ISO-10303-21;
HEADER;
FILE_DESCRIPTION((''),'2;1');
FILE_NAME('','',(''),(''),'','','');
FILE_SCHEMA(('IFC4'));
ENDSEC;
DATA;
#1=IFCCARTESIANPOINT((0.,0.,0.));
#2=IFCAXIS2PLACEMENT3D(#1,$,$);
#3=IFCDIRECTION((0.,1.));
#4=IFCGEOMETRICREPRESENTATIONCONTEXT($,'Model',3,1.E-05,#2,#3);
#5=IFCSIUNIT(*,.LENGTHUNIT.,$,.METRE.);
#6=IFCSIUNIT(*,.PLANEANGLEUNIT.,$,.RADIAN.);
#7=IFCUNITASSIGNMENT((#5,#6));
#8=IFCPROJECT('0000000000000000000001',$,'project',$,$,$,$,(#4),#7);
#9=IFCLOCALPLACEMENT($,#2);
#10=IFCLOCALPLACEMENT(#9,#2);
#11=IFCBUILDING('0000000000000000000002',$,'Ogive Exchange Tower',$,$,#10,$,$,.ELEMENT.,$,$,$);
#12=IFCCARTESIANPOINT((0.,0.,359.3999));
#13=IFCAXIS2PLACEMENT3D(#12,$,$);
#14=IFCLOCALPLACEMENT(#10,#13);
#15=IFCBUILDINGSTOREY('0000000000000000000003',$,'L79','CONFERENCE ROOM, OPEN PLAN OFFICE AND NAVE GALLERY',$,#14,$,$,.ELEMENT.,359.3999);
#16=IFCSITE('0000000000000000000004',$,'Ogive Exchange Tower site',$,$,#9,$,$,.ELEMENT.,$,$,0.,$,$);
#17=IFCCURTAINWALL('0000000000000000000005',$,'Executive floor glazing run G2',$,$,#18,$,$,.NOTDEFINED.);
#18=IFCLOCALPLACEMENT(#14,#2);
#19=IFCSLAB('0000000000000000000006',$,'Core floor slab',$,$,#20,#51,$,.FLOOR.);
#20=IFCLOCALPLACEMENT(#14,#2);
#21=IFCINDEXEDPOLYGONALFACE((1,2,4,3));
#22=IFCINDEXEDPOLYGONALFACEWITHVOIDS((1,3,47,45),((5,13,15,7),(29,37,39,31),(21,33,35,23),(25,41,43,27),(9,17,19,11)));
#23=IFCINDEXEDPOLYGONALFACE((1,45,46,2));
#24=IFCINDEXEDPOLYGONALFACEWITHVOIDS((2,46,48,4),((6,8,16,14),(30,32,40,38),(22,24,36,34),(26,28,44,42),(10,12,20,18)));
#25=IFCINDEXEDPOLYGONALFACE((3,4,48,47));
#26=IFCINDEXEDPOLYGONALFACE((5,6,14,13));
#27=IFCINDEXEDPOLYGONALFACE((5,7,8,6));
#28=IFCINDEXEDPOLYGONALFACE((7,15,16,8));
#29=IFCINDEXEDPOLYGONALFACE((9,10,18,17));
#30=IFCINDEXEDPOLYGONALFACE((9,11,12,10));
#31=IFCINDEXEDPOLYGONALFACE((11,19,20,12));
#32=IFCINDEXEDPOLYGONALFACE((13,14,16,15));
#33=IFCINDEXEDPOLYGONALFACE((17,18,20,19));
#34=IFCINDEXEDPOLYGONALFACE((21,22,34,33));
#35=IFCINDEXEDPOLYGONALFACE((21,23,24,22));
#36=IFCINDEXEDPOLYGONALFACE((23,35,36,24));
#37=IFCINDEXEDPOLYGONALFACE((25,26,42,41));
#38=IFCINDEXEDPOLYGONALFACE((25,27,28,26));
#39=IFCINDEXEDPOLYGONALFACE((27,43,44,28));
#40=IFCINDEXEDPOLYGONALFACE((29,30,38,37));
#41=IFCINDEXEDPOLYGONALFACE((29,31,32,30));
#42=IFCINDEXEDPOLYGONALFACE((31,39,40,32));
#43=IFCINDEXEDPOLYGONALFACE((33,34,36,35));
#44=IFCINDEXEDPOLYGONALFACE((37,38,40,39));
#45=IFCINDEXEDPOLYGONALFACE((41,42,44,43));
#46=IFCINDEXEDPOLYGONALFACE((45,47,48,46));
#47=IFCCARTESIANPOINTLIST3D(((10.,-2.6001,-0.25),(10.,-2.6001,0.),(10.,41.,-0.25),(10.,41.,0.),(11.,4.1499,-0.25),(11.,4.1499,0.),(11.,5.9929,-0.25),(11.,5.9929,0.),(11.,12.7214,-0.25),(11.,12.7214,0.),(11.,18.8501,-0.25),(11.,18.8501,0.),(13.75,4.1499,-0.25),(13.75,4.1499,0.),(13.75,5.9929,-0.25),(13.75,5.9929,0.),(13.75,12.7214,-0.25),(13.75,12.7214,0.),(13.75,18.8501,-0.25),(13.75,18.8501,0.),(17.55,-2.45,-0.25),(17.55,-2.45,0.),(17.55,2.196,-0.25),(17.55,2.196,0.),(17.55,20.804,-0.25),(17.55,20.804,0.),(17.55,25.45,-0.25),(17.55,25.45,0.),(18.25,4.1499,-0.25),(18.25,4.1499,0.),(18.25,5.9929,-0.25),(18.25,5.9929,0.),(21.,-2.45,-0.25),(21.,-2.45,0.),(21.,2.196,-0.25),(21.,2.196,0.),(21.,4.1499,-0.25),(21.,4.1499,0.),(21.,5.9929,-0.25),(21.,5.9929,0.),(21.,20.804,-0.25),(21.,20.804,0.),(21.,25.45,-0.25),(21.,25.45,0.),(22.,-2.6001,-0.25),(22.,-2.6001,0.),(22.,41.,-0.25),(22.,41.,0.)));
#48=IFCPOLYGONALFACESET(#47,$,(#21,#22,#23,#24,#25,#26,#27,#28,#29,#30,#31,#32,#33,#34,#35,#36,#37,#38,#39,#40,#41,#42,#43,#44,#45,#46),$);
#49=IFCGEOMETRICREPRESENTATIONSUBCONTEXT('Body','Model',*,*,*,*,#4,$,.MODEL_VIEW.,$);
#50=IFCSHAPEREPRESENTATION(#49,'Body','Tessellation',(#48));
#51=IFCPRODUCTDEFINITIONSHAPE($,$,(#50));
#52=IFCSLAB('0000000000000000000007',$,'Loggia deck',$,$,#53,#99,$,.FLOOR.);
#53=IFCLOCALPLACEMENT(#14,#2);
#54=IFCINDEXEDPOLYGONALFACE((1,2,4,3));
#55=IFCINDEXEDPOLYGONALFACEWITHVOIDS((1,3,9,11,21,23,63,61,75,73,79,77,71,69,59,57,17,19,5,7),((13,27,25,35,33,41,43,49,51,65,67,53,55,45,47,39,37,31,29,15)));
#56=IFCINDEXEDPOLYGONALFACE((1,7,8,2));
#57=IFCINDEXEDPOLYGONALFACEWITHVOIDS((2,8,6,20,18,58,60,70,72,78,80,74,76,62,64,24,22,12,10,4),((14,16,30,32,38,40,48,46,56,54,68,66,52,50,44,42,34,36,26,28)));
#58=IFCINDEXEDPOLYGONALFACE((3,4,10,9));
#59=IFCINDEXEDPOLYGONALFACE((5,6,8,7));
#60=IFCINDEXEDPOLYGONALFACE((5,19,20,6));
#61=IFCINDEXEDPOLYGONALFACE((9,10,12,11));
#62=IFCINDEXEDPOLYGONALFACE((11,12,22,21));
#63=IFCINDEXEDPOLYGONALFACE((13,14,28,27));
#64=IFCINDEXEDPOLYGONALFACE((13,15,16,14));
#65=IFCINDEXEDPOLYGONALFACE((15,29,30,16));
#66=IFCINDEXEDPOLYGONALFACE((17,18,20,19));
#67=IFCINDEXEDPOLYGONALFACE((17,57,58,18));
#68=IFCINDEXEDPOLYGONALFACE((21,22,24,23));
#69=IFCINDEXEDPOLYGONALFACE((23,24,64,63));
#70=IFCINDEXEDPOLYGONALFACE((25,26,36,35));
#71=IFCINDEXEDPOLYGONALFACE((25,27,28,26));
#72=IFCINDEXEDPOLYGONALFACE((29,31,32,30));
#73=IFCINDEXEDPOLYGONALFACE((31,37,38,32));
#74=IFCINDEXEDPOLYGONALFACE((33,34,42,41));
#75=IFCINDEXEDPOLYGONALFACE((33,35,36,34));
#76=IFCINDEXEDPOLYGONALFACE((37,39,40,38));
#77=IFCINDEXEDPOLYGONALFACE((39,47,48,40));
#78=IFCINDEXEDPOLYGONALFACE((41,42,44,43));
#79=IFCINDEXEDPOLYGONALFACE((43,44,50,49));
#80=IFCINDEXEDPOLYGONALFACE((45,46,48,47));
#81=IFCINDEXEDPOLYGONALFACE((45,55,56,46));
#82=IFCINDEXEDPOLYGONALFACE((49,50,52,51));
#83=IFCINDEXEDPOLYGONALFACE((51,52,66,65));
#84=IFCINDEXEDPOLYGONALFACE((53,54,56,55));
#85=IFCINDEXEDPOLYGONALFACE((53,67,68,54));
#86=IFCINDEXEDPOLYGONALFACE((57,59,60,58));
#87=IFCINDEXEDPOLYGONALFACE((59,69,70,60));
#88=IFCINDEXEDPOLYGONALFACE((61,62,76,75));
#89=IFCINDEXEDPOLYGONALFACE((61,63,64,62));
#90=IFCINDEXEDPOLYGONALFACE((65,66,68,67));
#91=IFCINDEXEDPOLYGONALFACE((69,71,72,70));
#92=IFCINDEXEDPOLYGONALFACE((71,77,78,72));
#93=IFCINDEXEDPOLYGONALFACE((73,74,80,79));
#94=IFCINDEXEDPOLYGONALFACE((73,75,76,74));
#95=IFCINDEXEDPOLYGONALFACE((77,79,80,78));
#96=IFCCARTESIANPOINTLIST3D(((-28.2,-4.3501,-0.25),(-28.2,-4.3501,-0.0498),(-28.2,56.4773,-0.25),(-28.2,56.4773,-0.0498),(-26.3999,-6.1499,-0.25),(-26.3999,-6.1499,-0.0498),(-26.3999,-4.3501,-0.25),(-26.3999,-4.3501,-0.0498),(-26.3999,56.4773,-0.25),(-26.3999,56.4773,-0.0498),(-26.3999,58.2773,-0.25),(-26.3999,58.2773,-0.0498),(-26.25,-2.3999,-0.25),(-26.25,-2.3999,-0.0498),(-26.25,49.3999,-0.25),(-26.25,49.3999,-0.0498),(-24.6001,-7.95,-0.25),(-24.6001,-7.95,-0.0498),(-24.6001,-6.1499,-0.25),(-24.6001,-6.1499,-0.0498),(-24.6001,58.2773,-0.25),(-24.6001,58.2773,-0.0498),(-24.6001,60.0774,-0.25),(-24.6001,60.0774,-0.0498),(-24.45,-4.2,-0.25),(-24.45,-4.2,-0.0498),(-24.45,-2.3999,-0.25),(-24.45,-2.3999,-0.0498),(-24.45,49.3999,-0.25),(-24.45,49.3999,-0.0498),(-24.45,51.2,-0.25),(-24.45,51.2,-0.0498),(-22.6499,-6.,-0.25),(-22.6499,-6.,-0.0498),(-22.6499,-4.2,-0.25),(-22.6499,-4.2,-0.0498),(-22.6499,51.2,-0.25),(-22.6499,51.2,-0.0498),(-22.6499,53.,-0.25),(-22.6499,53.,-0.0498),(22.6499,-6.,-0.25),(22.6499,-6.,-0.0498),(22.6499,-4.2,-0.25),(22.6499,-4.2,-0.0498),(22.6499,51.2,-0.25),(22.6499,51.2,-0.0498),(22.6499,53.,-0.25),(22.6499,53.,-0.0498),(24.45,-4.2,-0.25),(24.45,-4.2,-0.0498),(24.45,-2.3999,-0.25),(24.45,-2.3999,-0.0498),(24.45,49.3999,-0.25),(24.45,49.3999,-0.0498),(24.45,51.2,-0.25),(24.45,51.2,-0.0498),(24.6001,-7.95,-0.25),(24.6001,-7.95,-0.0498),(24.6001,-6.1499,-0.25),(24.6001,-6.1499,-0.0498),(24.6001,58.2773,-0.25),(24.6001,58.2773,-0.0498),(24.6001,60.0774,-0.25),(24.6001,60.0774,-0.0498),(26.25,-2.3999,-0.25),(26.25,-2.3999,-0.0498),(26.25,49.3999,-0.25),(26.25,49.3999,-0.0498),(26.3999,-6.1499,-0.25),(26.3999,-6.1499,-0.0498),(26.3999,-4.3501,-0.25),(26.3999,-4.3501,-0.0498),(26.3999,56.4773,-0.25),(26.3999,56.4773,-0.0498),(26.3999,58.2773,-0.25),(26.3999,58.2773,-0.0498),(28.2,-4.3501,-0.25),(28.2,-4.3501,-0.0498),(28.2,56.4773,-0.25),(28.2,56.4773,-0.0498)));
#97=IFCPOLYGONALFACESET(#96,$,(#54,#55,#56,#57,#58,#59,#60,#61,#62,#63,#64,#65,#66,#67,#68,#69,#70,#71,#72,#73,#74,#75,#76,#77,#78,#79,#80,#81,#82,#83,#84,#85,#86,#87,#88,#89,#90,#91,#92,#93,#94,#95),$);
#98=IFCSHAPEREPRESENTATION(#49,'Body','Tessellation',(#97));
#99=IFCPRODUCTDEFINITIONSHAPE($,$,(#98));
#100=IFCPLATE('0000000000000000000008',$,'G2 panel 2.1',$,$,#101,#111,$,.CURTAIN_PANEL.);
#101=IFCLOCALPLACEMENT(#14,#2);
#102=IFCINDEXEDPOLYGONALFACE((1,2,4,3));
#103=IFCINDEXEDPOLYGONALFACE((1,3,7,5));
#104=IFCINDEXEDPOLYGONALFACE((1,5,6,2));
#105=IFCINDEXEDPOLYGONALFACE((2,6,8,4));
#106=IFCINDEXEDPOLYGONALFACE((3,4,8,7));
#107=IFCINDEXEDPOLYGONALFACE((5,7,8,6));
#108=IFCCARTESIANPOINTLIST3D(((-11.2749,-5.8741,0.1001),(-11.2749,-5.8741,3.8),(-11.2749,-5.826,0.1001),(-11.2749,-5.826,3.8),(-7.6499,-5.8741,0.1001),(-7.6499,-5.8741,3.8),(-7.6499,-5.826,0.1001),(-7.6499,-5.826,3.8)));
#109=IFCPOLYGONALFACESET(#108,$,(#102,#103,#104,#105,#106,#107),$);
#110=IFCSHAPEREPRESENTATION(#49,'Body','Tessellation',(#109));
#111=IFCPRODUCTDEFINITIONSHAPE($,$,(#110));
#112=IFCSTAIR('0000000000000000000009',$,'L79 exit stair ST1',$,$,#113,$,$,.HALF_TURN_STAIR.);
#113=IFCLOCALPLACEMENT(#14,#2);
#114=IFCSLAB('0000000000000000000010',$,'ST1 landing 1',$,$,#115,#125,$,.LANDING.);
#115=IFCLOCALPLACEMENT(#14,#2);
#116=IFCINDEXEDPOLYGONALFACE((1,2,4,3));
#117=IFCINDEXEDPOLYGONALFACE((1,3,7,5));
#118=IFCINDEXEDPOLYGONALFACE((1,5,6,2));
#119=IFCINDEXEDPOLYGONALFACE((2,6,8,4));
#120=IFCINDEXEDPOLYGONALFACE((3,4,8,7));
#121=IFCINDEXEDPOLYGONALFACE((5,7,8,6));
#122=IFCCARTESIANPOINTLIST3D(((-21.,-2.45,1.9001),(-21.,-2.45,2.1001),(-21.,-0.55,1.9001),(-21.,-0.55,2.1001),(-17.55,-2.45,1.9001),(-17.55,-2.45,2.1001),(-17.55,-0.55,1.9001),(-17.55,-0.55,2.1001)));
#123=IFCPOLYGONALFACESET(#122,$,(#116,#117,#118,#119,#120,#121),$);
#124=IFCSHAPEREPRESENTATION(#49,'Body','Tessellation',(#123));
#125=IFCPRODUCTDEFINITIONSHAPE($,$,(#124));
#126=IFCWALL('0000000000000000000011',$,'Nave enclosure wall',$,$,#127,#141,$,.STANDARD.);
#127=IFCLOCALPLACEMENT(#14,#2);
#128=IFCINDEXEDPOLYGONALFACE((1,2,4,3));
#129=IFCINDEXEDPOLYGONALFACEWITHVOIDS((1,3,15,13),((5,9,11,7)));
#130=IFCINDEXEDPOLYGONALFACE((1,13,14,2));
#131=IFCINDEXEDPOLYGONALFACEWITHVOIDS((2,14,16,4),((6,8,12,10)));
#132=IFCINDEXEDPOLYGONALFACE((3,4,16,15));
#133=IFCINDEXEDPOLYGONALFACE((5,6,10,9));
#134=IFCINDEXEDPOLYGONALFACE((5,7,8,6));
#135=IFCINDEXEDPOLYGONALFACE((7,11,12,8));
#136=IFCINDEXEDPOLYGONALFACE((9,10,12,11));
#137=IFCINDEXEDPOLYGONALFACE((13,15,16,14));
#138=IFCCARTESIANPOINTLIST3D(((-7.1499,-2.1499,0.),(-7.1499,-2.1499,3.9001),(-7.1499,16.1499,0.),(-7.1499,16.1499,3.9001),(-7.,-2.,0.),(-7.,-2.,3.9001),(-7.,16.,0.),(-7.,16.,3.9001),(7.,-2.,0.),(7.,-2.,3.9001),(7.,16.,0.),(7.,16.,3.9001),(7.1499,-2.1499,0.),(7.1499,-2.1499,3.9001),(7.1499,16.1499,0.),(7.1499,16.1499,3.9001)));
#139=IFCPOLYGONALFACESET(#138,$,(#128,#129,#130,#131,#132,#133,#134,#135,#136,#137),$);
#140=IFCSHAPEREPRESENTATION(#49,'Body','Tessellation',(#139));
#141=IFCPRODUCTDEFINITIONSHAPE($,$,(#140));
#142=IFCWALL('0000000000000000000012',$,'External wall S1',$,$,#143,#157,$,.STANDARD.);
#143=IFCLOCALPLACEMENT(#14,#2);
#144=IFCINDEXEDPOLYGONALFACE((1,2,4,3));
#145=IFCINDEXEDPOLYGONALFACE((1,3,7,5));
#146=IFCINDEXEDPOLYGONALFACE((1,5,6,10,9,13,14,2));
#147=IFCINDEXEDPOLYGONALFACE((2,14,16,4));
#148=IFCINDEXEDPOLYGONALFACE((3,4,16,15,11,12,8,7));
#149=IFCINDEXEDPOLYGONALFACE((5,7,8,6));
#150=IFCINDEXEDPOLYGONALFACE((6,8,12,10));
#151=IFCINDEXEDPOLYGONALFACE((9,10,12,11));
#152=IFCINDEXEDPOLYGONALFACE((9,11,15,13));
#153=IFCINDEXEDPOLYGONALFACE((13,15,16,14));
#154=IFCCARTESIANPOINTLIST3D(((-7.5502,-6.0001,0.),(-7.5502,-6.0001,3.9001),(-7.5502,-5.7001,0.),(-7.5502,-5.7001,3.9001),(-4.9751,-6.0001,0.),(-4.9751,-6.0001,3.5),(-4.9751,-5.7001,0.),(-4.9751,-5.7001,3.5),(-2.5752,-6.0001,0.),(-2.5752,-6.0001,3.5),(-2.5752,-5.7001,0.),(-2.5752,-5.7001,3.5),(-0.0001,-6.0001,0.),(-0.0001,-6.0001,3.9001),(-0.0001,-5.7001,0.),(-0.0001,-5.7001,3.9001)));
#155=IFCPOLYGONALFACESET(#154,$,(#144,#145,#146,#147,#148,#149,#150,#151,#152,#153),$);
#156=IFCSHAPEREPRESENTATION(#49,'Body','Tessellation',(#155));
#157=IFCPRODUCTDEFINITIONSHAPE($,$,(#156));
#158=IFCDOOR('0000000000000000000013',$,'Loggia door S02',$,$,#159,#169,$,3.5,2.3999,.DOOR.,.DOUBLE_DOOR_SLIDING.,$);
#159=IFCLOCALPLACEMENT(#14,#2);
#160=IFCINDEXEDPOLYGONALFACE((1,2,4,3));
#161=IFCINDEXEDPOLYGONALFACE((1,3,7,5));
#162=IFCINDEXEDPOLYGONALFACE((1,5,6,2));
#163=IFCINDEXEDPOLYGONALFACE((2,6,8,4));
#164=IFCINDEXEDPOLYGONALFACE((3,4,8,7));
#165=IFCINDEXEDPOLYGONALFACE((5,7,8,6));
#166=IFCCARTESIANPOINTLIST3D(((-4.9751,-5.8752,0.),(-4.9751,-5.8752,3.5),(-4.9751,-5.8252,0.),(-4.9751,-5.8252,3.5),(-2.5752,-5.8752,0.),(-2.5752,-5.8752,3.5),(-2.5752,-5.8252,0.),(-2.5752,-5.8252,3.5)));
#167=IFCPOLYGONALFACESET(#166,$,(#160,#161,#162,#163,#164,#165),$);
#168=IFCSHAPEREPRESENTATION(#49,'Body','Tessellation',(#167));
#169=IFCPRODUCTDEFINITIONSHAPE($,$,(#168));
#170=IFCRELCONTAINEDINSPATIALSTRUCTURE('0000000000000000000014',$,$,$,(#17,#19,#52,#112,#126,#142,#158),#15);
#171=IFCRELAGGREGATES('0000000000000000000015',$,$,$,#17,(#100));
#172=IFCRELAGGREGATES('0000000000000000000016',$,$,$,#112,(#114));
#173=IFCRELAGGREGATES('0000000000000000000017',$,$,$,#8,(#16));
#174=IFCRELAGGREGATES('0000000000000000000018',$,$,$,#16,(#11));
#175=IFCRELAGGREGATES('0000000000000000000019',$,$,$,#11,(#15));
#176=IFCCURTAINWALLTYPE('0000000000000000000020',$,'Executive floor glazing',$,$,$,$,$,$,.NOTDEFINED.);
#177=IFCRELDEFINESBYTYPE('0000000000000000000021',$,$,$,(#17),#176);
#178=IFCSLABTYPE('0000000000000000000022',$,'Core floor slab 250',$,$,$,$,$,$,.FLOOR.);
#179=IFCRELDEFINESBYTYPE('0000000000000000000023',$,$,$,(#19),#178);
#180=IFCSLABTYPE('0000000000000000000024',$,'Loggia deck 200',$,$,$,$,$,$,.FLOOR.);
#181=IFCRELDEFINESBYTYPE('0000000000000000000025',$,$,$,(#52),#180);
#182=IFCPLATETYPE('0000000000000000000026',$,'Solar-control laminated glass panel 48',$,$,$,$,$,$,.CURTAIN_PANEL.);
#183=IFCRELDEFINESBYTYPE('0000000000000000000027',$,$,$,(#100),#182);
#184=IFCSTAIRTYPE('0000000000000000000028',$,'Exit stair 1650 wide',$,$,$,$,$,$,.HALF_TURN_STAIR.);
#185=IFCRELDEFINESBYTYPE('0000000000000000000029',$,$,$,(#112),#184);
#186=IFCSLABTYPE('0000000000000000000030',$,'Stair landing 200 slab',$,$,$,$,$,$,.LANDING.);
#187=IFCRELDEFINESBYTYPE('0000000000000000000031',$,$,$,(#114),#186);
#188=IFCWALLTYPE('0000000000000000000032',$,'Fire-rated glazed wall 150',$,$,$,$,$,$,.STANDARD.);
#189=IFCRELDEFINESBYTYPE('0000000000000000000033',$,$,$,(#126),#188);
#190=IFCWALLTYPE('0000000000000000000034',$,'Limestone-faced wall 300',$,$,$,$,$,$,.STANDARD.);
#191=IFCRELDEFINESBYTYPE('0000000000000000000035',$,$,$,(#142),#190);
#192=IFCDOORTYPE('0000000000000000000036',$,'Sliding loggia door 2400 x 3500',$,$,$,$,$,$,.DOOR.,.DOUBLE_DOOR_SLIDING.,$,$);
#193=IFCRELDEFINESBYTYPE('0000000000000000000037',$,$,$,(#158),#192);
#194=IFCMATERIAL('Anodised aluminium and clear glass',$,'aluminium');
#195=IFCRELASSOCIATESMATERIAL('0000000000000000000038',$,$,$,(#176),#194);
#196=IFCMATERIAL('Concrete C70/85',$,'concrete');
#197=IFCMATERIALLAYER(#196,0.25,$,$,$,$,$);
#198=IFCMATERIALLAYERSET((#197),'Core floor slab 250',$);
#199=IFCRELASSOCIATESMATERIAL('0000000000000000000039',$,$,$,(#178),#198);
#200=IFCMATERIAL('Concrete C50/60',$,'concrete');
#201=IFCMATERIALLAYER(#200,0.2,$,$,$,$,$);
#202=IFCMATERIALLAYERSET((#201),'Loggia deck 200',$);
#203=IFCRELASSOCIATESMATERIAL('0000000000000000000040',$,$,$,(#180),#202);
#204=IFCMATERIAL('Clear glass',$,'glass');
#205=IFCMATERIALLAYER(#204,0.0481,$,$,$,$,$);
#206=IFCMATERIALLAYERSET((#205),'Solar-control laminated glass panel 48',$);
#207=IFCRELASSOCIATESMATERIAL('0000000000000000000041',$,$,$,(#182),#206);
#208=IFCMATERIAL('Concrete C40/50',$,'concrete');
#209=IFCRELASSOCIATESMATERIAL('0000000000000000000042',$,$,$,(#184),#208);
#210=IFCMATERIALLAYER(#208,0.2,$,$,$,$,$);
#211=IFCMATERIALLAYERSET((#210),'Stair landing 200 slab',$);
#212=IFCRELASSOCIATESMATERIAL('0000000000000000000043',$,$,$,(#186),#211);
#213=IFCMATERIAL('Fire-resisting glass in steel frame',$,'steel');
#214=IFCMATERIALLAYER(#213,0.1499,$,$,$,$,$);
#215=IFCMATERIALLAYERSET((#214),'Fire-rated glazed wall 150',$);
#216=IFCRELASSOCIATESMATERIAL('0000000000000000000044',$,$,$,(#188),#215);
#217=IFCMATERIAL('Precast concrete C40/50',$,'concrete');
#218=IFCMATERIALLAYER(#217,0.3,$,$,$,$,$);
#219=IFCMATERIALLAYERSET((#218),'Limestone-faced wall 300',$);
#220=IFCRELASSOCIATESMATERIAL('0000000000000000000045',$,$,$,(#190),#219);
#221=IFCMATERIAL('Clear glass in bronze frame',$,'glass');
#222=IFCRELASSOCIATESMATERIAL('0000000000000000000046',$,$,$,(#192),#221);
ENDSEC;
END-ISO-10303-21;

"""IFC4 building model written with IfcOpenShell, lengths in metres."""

from ifc_helpers import new_model, si_unit, direction, frame, frame_2d, origin, origin_2d, place, context, subcontext, project, spatial, polyline, rectangle, outline, extrude, material, layer, layer_set, type_object, element, fill, aggregate, save


model = new_model("IFC4")

# Units and contexts
model_context = context("Model", 3, precision=1e-05, world=origin(), true_north=direction((0.0, 1.0)))
body_context = subcontext(model_context, "Body", "Model", "MODEL_VIEW")
ifc_project = project(units=[si_unit("LENGTHUNIT", "METRE"), si_unit("PLANEANGLEUNIT", "RADIAN")], contexts=[model_context])

# Site, building, storey
site_placement = place(None, origin())
site = spatial("IfcSite", under=ifc_project, at=site_placement, Name="Ogive Exchange Tower site", CompositionType="ELEMENT", RefElevation=0.0)
building_placement = place(site_placement, origin())
building = spatial("IfcBuilding", under=site, at=building_placement, Name="Ogive Exchange Tower", CompositionType="ELEMENT")
storey_placement = place(building_placement, frame((0.0, 0.0, 359.3999)))
storey = spatial("IfcBuildingStorey", under=building, at=storey_placement, Name="L79", Description="CONFERENCE ROOM, OPEN PLAN OFFICE AND NAVE GALLERY", CompositionType="ELEMENT", Elevation=359.3999)

# Curtain wall
ifc_material_1 = material(Name="Anodised aluminium and clear glass", Category="aluminium")
curtain_wall_type = type_object("IfcCurtainWallType", Name="Executive floor glazing", PredefinedType="NOTDEFINED", material=ifc_material_1)
curtain_wall_placement = place(storey_placement, origin())
curtain_wall = element("IfcCurtainWall", 1, at=curtain_wall_placement, inside=storey, type_object=curtain_wall_type, Name="Executive floor glazing run G2", PredefinedType="NOTDEFINED")

# Slabs
ifc_material_2 = material(Name="Concrete C50/60", Category="concrete")
ifc_material_3 = material(Name="Concrete C70/85", Category="concrete")
ifc_layer_1 = layer(ifc_material_3, 0.25)
ifc_layer_set_1 = layer_set([ifc_layer_1], Name="Core floor slab 250")
slab_type_1 = type_object("IfcSlabType", Name="Core floor slab 250", PredefinedType="FLOOR", material=ifc_layer_set_1)
slab_1_placement = place(storey_placement, frame((0.0, 0.0, -0.25)))
element("IfcSlab", 2, at=slab_1_placement, inside=storey, type_object=slab_type_1, Name="Core floor slab", PredefinedType="FLOOR", context=body_context, shape_type="SweptSolid", body=[
    extrude(outline(polyline([(10.0, -2.6001), (10.0, 41.0), (22.0, 41.0), (22.0, -2.6001), (10.0, -2.6001)]), holes=[polyline([(21.0, 2.196), (17.55, 2.196), (17.55, -2.45), (21.0, -2.45), (21.0, 2.196)]), polyline([(11.0, 5.9929), (11.0, 4.1499), (13.75, 4.1499), (13.75, 5.9929), (11.0, 5.9929)]), polyline([(18.25, 5.9929), (18.25, 4.1499), (21.0, 4.1499), (21.0, 5.9929), (18.25, 5.9929)]), polyline([(13.75, 18.8501), (11.0, 18.8501), (11.0, 12.7214), (13.75, 12.7214), (13.75, 18.8501)]), polyline([(17.55, 25.45), (17.55, 20.804), (21.0, 20.804), (21.0, 25.45), (17.55, 25.45)])]), origin(), (0.0, 0.0, 1.0), 0.25),
])
ifc_layer_2 = layer(ifc_material_2, 0.2)
ifc_layer_set_2 = layer_set([ifc_layer_2], Name="Loggia deck 200")
slab_type_2 = type_object("IfcSlabType", Name="Loggia deck 200", PredefinedType="FLOOR", material=ifc_layer_set_2)
slab_2_placement = place(storey_placement, frame((0.0, 0.0, -0.25)))
element("IfcSlab", 3, at=slab_2_placement, inside=storey, type_object=slab_type_2, Name="Loggia deck", PredefinedType="FLOOR", context=body_context, shape_type="SweptSolid", body=[
    extrude(outline(polyline([(-24.6001, -6.1499), (-26.3999, -6.1499), (-26.3999, -4.3501), (-28.2, -4.3501), (-28.2, 56.4773), (-26.3999, 56.4773), (-26.3999, 58.2773), (-24.6001, 58.2773), (-24.6001, 60.0774), (24.6001, 60.0774), (24.6001, 58.2773), (26.3999, 58.2773), (26.3999, 56.4773), (28.2, 56.4773), (28.2, -4.3501), (26.3999, -4.3501), (26.3999, -6.1499), (24.6001, -6.1499), (24.6001, -7.95), (-24.6001, -7.95), (-24.6001, -6.1499)]), holes=[polyline([(22.6499, -4.2), (24.45, -4.2), (24.45, -2.3999), (26.25, -2.3999), (26.25, 49.3999), (24.45, 49.3999), (24.45, 51.2), (22.6499, 51.2), (22.6499, 53.0), (-22.6499, 53.0), (-22.6499, 51.2), (-24.45, 51.2), (-24.45, 49.3999), (-26.25, 49.3999), (-26.25, -2.3999), (-24.45, -2.3999), (-24.45, -4.2), (-22.6499, -4.2), (-22.6499, -6.0), (22.6499, -6.0), (22.6499, -4.2)])]), origin(), (0.0, 0.0, 1.0), 0.2002),
])

# Plate
ifc_material_4 = material(Name="Clear glass", Category="glass")
ifc_layer_3 = layer(ifc_material_4, 0.0481)
ifc_layer_set_3 = layer_set([ifc_layer_3], Name="Solar-control laminated glass panel 48")
plate_type = type_object("IfcPlateType", Name="Solar-control laminated glass panel 48", PredefinedType="CURTAIN_PANEL", material=ifc_layer_set_3)
plate_placement = place(storey_placement, frame((-9.4624, -5.8501, 0.1001), z_axis=(0.0, 0.0, 1.0), x_axis=(1.0, 0.0, 0.0)))
plate = element("IfcPlate", 4, at=plate_placement, type_object=plate_type, Name="G2 panel 2.1", PredefinedType="CURTAIN_PANEL", context=body_context, shape_type="SweptSolid", body=[
    extrude(rectangle(XDim=3.625, YDim=0.0481, at=origin_2d()), origin(), (0.0, 0.0, 1.0), 3.7),
])
aggregate(curtain_wall, [plate])

# Stair, slab
ifc_material_5 = material(Name="Concrete C40/50", Category="concrete")
stair_type = type_object("IfcStairType", Name="Exit stair 1650 wide", PredefinedType="HALF_TURN_STAIR", material=ifc_material_5)
stair_placement = place(storey_placement, origin())
stair = element("IfcStair", 5, at=stair_placement, inside=storey, type_object=stair_type, Name="L79 exit stair ST1", PredefinedType="HALF_TURN_STAIR")
ifc_layer_4 = layer(ifc_material_5, 0.2)
ifc_layer_set_4 = layer_set([ifc_layer_4], Name="Stair landing 200 slab")
slab_type_3 = type_object("IfcSlabType", Name="Stair landing 200 slab", PredefinedType="LANDING", material=ifc_layer_set_4)
slab_3_placement = place(storey_placement, frame((0.0, 0.0, 1.9001)))
slab_3 = element("IfcSlab", 6, at=slab_3_placement, type_object=slab_type_3, Name="ST1 landing 1", PredefinedType="LANDING", context=body_context, shape_type="SweptSolid", body=[
    extrude(outline(polyline([(-21.0, -0.55), (-21.0, -2.45), (-17.55, -2.45), (-17.55, -0.55), (-21.0, -0.55)])), origin(), (0.0, 0.0, 1.0), 0.2),
])
aggregate(stair, [slab_3])

# Wall
ifc_material_6 = material(Name="Fire-resisting glass in steel frame", Category="steel")
ifc_layer_5 = layer(ifc_material_6, 0.1499)
ifc_layer_set_5 = layer_set([ifc_layer_5], Name="Fire-rated glazed wall 150")
wall_type_1 = type_object("IfcWallType", Name="Fire-rated glazed wall 150", PredefinedType="STANDARD", material=ifc_layer_set_5)
wall_1_placement = place(storey_placement, origin())
element("IfcWall", 7, at=wall_1_placement, inside=storey, type_object=wall_type_1, Name="Nave enclosure wall", PredefinedType="STANDARD", context=body_context, shape_type="SweptSolid", body=[
    extrude(outline(polyline([(-7.1499, -2.1499), (7.1499, -2.1499), (7.1499, 16.1499), (-7.1499, 16.1499), (-7.1499, -2.1499)]), holes=[polyline([(-7.0, -2.0), (-7.0, 16.0), (7.0, 16.0), (7.0, -2.0), (-7.0, -2.0)])]), origin(), (0.0, 0.0, 1.0), 3.9001),
])

# Wall, opening, door
ifc_material_7 = material(Name="Precast concrete C40/50", Category="concrete")
ifc_layer_6 = layer(ifc_material_7, 0.3)
ifc_layer_set_6 = layer_set([ifc_layer_6], Name="Limestone-faced wall 300")
wall_type_2 = type_object("IfcWallType", Name="Limestone-faced wall 300", PredefinedType="STANDARD", material=ifc_layer_set_6)
wall_2_placement = place(storey_placement, frame((-7.55, -5.8501, 0.0), z_axis=(0.0, 0.0, 1.0), x_axis=(1.0, 0.0, 0.0)))
wall_2 = element("IfcWall", 8, at=wall_2_placement, inside=storey, type_object=wall_type_2, Name="External wall S1", PredefinedType="STANDARD", context=body_context, shape_type="SweptSolid", body=[
    extrude(rectangle(XDim=7.55, YDim=0.3, at=frame_2d((3.7749, 0.0))), origin(), (0.0, 0.0, 1.0), 3.9001),
])
opening_placement = place(wall_2_placement, frame((2.575, 0.0, 0.0)))
opening = element("IfcOpeningElement", 9, at=opening_placement, cuts=wall_2, PredefinedType="OPENING", context=body_context, shape_type="SweptSolid", body=[
    extrude(rectangle(XDim=2.3999, YDim=3.5, at=frame_2d((1.2, 1.75))), frame((0.0, 0.1599, 0.0), z_axis=(0.0, -1.0, 0.0), x_axis=(1.0, 0.0, 0.0)), (0.0, 0.0, 1.0), 0.3201),
])
ifc_material_8 = material(Name="Clear glass in bronze frame", Category="glass")
door_type = type_object("IfcDoorType", Name="Sliding loggia door 2400 x 3500", OperationType="DOUBLE_DOOR_SLIDING", PredefinedType="DOOR", material=ifc_material_8)
door_placement = place(opening_placement, origin())
door = element("IfcDoor", 10, at=door_placement, inside=storey, type_object=door_type, Name="Loggia door S02", OperationType="DOUBLE_DOOR_SLIDING", OverallHeight=3.5, OverallWidth=2.3999, PredefinedType="DOOR", context=body_context, shape_type="SweptSolid", body=[
    extrude(rectangle(XDim=2.3999, YDim=3.5, at=frame_2d((1.2, 1.75))), frame((0.0, 0.0249, 0.0), z_axis=(0.0, -1.0, 0.0), x_axis=(1.0, 0.0, 0.0)), (0.0, 0.0, 1.0), 0.05),
])
fill(opening, door)

save(model, "model.ifc")
